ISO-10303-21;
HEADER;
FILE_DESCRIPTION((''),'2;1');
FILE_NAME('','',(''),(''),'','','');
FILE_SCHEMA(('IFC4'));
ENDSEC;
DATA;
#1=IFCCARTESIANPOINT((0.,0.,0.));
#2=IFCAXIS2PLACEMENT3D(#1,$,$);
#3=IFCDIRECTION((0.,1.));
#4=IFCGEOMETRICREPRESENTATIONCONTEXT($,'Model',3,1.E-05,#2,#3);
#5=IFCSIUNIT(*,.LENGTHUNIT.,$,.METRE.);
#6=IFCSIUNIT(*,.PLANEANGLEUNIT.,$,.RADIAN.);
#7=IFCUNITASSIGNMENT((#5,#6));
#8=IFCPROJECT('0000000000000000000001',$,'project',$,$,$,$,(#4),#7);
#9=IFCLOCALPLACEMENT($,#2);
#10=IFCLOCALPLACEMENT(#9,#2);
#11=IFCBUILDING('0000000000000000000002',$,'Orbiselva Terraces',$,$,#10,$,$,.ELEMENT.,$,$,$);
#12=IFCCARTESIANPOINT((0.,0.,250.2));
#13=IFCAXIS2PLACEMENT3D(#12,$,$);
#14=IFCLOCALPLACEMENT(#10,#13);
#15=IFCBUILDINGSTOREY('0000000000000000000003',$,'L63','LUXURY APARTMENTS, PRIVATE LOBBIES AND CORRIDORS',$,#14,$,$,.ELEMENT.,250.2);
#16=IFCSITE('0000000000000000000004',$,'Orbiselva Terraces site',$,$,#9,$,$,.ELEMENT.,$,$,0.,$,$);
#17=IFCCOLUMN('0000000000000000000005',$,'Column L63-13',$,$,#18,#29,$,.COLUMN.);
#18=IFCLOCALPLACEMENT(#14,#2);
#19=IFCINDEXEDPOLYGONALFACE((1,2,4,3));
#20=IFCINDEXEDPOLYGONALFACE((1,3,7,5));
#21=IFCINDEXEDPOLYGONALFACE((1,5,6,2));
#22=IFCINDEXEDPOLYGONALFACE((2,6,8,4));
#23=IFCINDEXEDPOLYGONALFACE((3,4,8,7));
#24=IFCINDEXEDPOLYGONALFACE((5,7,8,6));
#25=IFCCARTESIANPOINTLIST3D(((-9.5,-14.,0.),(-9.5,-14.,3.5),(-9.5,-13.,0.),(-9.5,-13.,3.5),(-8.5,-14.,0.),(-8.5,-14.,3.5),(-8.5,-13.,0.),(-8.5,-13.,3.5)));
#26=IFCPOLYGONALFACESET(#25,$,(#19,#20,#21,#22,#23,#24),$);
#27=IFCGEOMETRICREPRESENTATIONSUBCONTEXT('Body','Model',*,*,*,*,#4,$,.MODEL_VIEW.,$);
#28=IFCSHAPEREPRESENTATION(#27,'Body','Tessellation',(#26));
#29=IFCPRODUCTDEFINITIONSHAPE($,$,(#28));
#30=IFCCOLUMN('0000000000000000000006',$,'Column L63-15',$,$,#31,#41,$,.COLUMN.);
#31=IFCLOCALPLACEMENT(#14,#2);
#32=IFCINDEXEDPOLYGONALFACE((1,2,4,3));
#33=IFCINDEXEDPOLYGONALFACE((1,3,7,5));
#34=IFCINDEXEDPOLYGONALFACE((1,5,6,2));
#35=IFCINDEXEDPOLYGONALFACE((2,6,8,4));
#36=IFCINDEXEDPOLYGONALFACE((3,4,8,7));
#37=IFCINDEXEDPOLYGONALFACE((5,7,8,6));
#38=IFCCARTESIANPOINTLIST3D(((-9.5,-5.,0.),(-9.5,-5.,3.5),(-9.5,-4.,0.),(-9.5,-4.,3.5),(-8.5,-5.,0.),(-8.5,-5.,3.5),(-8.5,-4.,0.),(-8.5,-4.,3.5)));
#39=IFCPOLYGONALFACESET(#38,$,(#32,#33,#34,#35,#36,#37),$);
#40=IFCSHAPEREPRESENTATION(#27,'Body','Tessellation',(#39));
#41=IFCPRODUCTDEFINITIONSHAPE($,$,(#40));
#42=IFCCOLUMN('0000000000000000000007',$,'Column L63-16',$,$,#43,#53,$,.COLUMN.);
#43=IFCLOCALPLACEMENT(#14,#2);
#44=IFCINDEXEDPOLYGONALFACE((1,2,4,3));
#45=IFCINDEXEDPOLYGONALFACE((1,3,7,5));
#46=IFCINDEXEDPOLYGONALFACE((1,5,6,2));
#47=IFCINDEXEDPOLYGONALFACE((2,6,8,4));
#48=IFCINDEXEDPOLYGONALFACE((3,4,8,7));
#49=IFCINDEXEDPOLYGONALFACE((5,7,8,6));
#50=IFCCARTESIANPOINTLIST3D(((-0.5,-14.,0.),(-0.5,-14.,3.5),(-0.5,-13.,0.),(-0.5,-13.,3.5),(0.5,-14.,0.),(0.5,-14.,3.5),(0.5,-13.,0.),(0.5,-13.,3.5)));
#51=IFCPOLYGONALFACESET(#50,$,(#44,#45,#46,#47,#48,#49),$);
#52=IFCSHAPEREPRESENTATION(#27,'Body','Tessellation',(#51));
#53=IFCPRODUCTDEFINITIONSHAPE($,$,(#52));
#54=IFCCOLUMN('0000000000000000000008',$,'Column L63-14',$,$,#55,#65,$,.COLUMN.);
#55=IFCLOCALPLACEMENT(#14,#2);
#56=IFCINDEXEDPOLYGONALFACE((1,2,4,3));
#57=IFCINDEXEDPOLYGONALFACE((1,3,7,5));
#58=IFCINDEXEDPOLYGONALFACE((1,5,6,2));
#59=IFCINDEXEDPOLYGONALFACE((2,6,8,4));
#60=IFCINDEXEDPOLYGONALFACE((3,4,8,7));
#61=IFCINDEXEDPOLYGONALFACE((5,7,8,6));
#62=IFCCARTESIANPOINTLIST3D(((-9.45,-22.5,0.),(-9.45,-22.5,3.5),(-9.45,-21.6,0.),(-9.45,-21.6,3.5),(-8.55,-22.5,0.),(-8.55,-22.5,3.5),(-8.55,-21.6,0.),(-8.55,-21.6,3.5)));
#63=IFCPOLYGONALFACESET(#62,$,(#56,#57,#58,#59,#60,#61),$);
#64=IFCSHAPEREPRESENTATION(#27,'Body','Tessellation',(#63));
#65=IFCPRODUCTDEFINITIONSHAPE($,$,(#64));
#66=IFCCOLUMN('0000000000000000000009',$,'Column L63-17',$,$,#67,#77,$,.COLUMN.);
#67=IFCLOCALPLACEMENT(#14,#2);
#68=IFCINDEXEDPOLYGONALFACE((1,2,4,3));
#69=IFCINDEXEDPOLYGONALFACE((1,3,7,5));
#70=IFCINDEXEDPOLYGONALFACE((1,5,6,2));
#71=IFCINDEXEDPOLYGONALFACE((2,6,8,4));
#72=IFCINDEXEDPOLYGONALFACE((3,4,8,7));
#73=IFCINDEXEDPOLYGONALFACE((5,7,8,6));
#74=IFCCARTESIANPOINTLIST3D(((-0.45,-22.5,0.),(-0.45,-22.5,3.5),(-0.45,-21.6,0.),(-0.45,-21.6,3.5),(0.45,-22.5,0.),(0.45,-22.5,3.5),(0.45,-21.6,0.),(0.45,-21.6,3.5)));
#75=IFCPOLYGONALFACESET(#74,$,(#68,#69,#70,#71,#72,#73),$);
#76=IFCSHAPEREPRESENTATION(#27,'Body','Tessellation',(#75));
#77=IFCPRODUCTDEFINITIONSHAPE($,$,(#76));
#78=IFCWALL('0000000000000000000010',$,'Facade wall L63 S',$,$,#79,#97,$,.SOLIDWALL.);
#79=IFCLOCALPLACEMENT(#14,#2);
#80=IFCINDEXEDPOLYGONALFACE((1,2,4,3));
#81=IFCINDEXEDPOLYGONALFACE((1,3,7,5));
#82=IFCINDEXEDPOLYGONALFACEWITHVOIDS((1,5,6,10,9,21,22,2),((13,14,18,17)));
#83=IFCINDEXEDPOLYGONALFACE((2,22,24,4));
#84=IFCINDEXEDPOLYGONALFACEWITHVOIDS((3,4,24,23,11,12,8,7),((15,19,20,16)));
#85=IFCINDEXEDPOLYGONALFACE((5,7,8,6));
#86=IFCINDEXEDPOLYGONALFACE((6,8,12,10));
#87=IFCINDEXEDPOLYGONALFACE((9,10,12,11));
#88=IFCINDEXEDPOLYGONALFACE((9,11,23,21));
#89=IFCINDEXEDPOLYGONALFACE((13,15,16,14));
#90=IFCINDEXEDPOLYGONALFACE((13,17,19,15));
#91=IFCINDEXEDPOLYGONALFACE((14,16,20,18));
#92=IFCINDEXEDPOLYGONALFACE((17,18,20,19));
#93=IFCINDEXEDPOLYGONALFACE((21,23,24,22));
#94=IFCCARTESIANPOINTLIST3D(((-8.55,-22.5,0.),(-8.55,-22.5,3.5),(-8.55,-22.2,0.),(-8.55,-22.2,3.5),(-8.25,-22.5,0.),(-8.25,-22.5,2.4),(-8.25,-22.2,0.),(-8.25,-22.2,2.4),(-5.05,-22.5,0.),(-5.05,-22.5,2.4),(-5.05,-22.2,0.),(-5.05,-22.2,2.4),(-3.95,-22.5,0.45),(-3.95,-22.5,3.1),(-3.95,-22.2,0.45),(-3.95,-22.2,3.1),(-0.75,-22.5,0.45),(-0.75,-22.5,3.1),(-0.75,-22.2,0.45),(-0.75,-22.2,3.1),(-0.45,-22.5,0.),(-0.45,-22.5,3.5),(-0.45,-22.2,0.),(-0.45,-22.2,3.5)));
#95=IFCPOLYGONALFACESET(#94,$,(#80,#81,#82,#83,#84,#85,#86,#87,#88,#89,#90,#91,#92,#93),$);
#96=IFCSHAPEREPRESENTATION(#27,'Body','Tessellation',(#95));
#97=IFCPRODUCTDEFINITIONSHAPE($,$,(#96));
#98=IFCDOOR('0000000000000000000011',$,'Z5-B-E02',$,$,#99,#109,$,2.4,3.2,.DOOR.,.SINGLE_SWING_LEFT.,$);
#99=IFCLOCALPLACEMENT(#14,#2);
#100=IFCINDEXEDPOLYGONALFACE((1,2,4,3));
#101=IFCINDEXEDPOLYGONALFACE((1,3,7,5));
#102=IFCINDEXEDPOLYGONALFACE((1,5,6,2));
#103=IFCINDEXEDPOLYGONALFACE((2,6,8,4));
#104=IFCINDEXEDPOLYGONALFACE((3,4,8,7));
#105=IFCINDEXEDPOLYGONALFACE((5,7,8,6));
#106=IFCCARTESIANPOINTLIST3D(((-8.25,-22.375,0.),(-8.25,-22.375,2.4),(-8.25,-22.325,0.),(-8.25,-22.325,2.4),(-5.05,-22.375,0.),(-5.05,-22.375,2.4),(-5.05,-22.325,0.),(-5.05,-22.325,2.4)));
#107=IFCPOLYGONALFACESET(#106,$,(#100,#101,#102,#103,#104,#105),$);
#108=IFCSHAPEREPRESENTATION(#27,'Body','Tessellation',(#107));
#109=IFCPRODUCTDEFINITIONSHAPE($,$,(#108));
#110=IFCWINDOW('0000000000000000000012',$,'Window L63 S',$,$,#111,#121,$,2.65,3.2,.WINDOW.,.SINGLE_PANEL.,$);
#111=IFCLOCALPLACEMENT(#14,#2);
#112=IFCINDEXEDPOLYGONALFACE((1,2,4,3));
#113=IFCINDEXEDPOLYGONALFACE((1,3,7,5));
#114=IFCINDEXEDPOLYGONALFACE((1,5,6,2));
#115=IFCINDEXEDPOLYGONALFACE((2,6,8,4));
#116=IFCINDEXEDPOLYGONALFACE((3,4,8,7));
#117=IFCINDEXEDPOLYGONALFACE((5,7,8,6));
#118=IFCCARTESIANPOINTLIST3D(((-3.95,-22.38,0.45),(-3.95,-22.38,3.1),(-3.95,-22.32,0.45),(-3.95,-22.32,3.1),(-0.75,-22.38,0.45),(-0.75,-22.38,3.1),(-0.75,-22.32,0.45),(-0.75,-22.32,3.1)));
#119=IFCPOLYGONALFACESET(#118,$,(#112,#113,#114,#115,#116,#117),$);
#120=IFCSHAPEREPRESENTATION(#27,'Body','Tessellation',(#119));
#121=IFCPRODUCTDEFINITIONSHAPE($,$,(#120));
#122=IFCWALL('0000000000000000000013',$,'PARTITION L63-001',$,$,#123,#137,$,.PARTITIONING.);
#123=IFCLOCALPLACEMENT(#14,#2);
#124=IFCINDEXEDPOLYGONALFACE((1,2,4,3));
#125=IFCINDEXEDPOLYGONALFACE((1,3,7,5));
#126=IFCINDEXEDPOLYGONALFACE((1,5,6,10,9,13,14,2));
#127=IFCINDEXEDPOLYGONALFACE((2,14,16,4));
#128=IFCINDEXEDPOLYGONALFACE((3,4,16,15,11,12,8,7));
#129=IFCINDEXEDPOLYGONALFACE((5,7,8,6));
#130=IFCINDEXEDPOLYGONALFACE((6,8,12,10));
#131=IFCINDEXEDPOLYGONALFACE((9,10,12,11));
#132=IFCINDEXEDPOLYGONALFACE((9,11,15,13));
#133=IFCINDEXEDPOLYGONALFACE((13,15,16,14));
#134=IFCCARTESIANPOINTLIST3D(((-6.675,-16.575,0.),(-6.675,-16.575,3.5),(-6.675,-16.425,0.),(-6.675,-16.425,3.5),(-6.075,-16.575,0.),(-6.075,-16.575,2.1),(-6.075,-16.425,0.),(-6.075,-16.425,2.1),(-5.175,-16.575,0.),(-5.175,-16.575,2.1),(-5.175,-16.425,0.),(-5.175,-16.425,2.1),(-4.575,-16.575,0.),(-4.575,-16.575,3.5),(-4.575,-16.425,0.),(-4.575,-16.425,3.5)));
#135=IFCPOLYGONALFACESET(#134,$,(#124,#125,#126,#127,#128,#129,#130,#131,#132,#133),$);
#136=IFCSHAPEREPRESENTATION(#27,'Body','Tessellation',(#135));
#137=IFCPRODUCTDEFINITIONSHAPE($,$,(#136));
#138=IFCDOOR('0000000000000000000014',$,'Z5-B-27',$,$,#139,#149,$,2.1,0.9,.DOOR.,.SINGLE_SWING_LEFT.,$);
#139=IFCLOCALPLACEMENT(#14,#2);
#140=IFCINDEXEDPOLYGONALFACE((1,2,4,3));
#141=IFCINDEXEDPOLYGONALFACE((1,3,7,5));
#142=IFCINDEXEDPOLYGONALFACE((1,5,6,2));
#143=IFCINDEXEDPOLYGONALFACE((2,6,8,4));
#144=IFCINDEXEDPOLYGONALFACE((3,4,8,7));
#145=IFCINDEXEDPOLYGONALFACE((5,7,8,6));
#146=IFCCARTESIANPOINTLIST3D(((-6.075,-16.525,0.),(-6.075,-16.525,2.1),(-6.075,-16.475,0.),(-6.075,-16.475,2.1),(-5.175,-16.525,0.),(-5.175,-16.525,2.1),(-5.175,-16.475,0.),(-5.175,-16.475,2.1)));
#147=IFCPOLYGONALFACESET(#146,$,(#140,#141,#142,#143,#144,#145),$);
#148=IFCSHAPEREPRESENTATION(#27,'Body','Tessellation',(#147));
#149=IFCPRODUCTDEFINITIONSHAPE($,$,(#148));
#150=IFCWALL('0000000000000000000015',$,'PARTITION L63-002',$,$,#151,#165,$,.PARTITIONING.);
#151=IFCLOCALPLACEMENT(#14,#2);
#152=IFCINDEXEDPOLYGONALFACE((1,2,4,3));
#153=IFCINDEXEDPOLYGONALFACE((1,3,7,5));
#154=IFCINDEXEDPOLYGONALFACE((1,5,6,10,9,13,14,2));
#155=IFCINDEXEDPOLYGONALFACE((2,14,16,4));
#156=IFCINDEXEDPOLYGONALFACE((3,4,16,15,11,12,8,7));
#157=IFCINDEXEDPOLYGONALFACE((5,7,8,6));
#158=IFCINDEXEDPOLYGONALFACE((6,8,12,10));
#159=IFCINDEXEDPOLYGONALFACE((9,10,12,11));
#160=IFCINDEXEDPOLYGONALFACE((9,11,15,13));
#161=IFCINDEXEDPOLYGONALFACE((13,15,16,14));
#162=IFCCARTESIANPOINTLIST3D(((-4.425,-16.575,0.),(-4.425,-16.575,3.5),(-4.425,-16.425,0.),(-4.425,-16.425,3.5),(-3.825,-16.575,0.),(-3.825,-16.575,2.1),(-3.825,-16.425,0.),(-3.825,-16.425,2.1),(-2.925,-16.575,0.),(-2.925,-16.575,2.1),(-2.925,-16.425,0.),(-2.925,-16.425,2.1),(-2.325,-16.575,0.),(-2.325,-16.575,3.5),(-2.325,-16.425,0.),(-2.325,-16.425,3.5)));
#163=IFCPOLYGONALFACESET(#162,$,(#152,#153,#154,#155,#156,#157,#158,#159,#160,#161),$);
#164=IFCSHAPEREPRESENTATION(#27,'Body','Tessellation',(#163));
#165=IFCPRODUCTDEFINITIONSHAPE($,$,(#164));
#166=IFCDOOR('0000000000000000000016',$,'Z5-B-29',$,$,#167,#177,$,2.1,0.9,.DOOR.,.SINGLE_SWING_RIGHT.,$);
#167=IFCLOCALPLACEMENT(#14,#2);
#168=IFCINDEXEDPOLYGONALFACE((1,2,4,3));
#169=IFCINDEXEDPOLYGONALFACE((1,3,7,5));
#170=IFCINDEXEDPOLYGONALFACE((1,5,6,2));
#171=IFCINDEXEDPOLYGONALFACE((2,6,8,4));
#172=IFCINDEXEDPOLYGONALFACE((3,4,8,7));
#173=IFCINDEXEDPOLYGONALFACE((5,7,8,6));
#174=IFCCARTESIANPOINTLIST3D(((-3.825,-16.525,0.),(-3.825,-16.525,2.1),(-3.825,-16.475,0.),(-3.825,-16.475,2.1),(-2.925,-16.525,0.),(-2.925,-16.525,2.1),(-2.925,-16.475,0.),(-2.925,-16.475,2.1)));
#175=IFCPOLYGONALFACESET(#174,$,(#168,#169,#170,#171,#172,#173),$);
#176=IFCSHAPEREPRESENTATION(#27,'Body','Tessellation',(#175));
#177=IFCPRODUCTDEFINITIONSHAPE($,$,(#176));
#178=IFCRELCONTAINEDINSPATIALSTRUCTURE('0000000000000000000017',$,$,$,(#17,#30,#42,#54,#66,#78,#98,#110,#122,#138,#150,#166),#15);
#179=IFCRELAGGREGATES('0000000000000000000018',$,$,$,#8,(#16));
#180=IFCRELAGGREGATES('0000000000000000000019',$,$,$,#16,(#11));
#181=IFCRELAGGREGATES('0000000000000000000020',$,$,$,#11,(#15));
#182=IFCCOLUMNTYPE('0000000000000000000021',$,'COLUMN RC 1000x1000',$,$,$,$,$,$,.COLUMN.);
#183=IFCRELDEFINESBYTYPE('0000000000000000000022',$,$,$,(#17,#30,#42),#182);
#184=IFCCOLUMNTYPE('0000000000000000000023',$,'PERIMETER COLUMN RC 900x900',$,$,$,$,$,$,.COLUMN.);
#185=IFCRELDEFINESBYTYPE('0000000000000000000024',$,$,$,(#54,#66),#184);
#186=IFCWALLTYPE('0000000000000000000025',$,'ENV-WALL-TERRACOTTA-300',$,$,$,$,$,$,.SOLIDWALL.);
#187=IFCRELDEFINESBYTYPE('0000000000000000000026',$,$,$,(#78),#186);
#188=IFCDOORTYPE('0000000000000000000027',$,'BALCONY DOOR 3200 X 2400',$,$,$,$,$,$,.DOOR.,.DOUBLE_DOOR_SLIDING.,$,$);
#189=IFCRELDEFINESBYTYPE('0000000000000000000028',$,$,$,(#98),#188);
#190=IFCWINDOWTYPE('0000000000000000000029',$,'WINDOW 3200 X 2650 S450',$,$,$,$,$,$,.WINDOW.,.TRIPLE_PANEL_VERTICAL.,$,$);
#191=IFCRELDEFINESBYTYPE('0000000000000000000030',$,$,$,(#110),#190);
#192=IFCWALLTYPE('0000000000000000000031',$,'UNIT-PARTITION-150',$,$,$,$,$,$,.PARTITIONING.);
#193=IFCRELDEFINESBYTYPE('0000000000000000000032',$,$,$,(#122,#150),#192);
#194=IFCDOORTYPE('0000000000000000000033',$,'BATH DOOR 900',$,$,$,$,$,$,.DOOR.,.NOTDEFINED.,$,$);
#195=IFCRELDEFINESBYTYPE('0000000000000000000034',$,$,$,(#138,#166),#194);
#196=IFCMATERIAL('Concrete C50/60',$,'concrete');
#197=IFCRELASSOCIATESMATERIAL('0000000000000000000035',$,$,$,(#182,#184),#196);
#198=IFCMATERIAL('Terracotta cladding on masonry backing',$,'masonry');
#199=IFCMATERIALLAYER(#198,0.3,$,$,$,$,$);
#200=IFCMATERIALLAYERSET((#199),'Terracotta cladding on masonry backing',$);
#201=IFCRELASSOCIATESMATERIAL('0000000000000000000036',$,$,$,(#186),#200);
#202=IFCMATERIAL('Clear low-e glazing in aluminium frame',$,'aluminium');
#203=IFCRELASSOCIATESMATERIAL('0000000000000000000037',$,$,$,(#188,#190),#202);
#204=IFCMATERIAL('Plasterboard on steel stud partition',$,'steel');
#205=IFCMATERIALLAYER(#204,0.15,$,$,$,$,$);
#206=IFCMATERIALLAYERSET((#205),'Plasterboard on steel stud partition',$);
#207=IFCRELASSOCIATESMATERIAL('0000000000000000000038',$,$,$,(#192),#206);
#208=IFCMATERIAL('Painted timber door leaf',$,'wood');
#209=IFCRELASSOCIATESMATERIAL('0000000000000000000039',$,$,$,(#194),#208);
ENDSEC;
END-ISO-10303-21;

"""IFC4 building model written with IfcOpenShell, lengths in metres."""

from ifc_helpers import new_model, si_unit, direction, frame, frame_2d, origin, origin_2d, place, context, subcontext, project, spatial, rectangle, extrude, material, layer, layer_set, material_profile, profile_set, type_object, element, fill, save


model = new_model("IFC4")

# Units and contexts
model_context = context("Model", 3, precision=1e-05, world=origin(), true_north=direction((0.0, 1.0)))
body_context = subcontext(model_context, "Body", "Model", "MODEL_VIEW")
ifc_project = project(units=[si_unit("LENGTHUNIT", "METRE"), si_unit("PLANEANGLEUNIT", "RADIAN")], contexts=[model_context])

# Site, building, storey
site_placement = place(None, origin())
site = spatial("IfcSite", under=ifc_project, at=site_placement, Name="Orbiselva Terraces site", CompositionType="ELEMENT", RefElevation=0.0)
building_placement = place(site_placement, origin())
building = spatial("IfcBuilding", under=site, at=building_placement, Name="Orbiselva Terraces", CompositionType="ELEMENT")
storey_placement = place(building_placement, frame((0.0, 0.0, 250.2)))
storey = spatial("IfcBuildingStorey", under=building, at=storey_placement, Name="L63", Description="LUXURY APARTMENTS, PRIVATE LOBBIES AND CORRIDORS", CompositionType="ELEMENT", Elevation=250.2)

# Columns
ifc_material_1 = material(Name="Concrete C50/60", Category="concrete")
ifc_material_profile_1 = material_profile(ifc_material_1, rectangle(XDim=1.0, YDim=1.0, at=origin_2d()), Name="RC 1000x1000")
ifc_profile_set_1 = profile_set([ifc_material_profile_1], Name="Concrete C50/60")
column_type_1 = type_object("IfcColumnType", Name="COLUMN RC 1000x1000", PredefinedType="COLUMN", material=ifc_profile_set_1)
for number, where, z_axis, x_axis, name in (
    (1, (-9.0, -13.5, 0.0), (0.0, 0.0, 1.0), (1.0, 0.0, 0.0), "Column L63-13"),
    (2, (-9.0, -4.5, 0.0), (0.0, 0.0, 1.0), (1.0, 0.0, 0.0), "Column L63-15"),
    (3, (0.0, -13.5, 0.0), (0.0, 0.0, 1.0), (1.0, 0.0, 0.0), "Column L63-16"),
):
    element("IfcColumn", number, at=place(storey_placement, frame(where, z_axis=z_axis, x_axis=x_axis)), inside=storey, type_object=column_type_1, Name=name, PredefinedType="COLUMN", context=body_context, shape_type="SweptSolid", body=[
        extrude(rectangle(XDim=1.0, YDim=1.0, at=origin_2d()), origin(), (0.0, 0.0, 1.0), 3.5),
    ])
ifc_material_profile_2 = material_profile(ifc_material_1, rectangle(XDim=0.9, YDim=0.9, at=origin_2d()), Name="RC 900x900")
ifc_profile_set_2 = profile_set([ifc_material_profile_2], Name="Concrete C50/60")
column_type_2 = type_object("IfcColumnType", Name="PERIMETER COLUMN RC 900x900", PredefinedType="COLUMN", material=ifc_profile_set_2)
for number, where, z_axis, x_axis, name in (
    (4, (-9.0, -22.05, 0.0), (0.0, 0.0, 1.0), (1.0, 0.0, 0.0), "Column L63-14"),
    (5, (0.0, -22.05, 0.0), (0.0, 0.0, 1.0), (1.0, 0.0, 0.0), "Column L63-17"),
):
    element("IfcColumn", number, at=place(storey_placement, frame(where, z_axis=z_axis, x_axis=x_axis)), inside=storey, type_object=column_type_2, Name=name, PredefinedType="COLUMN", context=body_context, shape_type="SweptSolid", body=[
        extrude(rectangle(XDim=0.9, YDim=0.9, at=origin_2d()), origin(), (0.0, 0.0, 1.0), 3.5),
    ])

# Wall, openings, door, window
ifc_material_2 = material(Name="Terracotta cladding on masonry backing", Category="masonry")
ifc_layer_1 = layer(ifc_material_2, 0.3)
ifc_layer_set_1 = layer_set([ifc_layer_1], Name="Terracotta cladding on masonry backing")
wall_type_1 = type_object("IfcWallType", Name="ENV-WALL-TERRACOTTA-300", PredefinedType="SOLIDWALL", material=ifc_layer_set_1)
wall_1_placement = place(storey_placement, frame((-0.45, -22.35, 0.0), z_axis=(0.0, 0.0, 1.0), x_axis=(-1.0, 0.0, 0.0)))
wall_1 = element("IfcWall", 6, at=wall_1_placement, inside=storey, type_object=wall_type_1, Name="Facade wall L63 S", PredefinedType="SOLIDWALL", context=body_context, shape_type="SweptSolid", body=[
    extrude(rectangle(XDim=8.1, YDim=0.3, at=frame_2d((4.05, 0.0))), origin(), (0.0, 0.0, 1.0), 3.5),
])
opening_1_placement = place(wall_1_placement, frame((4.6, 0.0, 0.0)))
opening_1 = element("IfcOpeningElement", 7, at=opening_1_placement, cuts=wall_1, PredefinedType="OPENING", context=body_context, shape_type="SweptSolid", body=[
    extrude(rectangle(XDim=3.2, YDim=2.4, at=frame_2d((1.6, 1.2))), frame((0.0, 0.16, 0.0), z_axis=(0.0, -1.0, 0.0), x_axis=(1.0, 0.0, 0.0)), (0.0, 0.0, 1.0), 0.32),
])
opening_2_placement = place(wall_1_placement, frame((0.3, 0.0, 0.45)))
opening_2 = element("IfcOpeningElement", 8, at=opening_2_placement, cuts=wall_1, PredefinedType="OPENING", context=body_context, shape_type="SweptSolid", body=[
    extrude(rectangle(XDim=3.2, YDim=2.65, at=frame_2d((1.6, 1.325))), frame((0.0, 0.16, 0.0), z_axis=(0.0, -1.0, 0.0), x_axis=(1.0, 0.0, 0.0)), (0.0, 0.0, 1.0), 0.32),
])
ifc_material_3 = material(Name="Clear low-e glazing in aluminium frame", Category="aluminium")
door_type_1 = type_object("IfcDoorType", Name="BALCONY DOOR 3200 X 2400", OperationType="DOUBLE_DOOR_SLIDING", PredefinedType="DOOR", material=ifc_material_3)
door_1_placement = place(opening_1_placement, origin())
door_1 = element("IfcDoor", 9, at=door_1_placement, inside=storey, type_object=door_type_1, Name="Z5-B-E02", OperationType="SINGLE_SWING_LEFT", OverallHeight=2.4, OverallWidth=3.2, PredefinedType="DOOR", context=body_context, shape_type="SweptSolid", body=[
    extrude(rectangle(XDim=3.2, YDim=2.4, at=frame_2d((1.6, 1.2))), frame((0.0, 0.025, 0.0), z_axis=(0.0, -1.0, 0.0), x_axis=(1.0, 0.0, 0.0)), (0.0, 0.0, 1.0), 0.05),
])
fill(opening_1, door_1)
window_type = type_object("IfcWindowType", Name="WINDOW 3200 X 2650 S450", PartitioningType="TRIPLE_PANEL_VERTICAL", PredefinedType="WINDOW", material=ifc_material_3)
window_placement = place(opening_2_placement, origin())
window = element("IfcWindow", 10, at=window_placement, inside=storey, type_object=window_type, Name="Window L63 S", OverallHeight=2.65, OverallWidth=3.2, PartitioningType="SINGLE_PANEL", PredefinedType="WINDOW", context=body_context, shape_type="SweptSolid", body=[
    extrude(rectangle(XDim=3.2, YDim=2.65, at=frame_2d((1.6, 1.325))), frame((0.0, 0.03, 0.0), z_axis=(0.0, -1.0, 0.0), x_axis=(1.0, 0.0, 0.0)), (0.0, 0.0, 1.0), 0.06),
])
fill(opening_2, window)

# Walls, openings, doors
ifc_material_4 = material(Name="Plasterboard on steel stud partition", Category="steel")
ifc_layer_2 = layer(ifc_material_4, 0.15)
ifc_layer_set_2 = layer_set([ifc_layer_2], Name="Plasterboard on steel stud partition")
wall_type_2 = type_object("IfcWallType", Name="UNIT-PARTITION-150", PredefinedType="PARTITIONING", material=ifc_layer_set_2)
wall_2_placement = place(storey_placement, frame((-6.675, -16.5, 0.0), z_axis=(0.0, 0.0, 1.0), x_axis=(1.0, 0.0, 0.0)))
wall_2 = element("IfcWall", 11, at=wall_2_placement, inside=storey, type_object=wall_type_2, Name="PARTITION L63-001", PredefinedType="PARTITIONING", context=body_context, shape_type="SweptSolid", body=[
    extrude(rectangle(XDim=2.1, YDim=0.15, at=frame_2d((1.05, 0.0))), origin(), (0.0, 0.0, 1.0), 3.5),
])
opening_3_placement = place(wall_2_placement, frame((0.6, 0.0, 0.0)))
opening_3 = element("IfcOpeningElement", 12, at=opening_3_placement, cuts=wall_2, PredefinedType="OPENING", context=body_context, shape_type="SweptSolid", body=[
    extrude(rectangle(XDim=0.9, YDim=2.1, at=frame_2d((0.45, 1.05))), frame((0.0, 0.085, 0.0), z_axis=(0.0, -1.0, 0.0), x_axis=(1.0, 0.0, 0.0)), (0.0, 0.0, 1.0), 0.17),
])
ifc_material_5 = material(Name="Painted timber door leaf", Category="wood")
door_type_2 = type_object("IfcDoorType", Name="BATH DOOR 900", OperationType="NOTDEFINED", PredefinedType="DOOR", material=ifc_material_5)
door_2_placement = place(opening_3_placement, origin())
door_2 = element("IfcDoor", 13, at=door_2_placement, inside=storey, type_object=door_type_2, Name="Z5-B-27", OperationType="SINGLE_SWING_LEFT", OverallHeight=2.1, OverallWidth=0.9, PredefinedType="DOOR", context=body_context, shape_type="SweptSolid", body=[
    extrude(rectangle(XDim=0.9, YDim=2.1, at=frame_2d((0.45, 1.05))), frame((0.0, 0.025, 0.0), z_axis=(0.0, -1.0, 0.0), x_axis=(1.0, 0.0, 0.0)), (0.0, 0.0, 1.0), 0.05),
])
fill(opening_3, door_2)
wall_3_placement = place(storey_placement, frame((-4.425, -16.5, 0.0), z_axis=(0.0, 0.0, 1.0), x_axis=(1.0, 0.0, 0.0)))
wall_3 = element("IfcWall", 14, at=wall_3_placement, inside=storey, type_object=wall_type_2, Name="PARTITION L63-002", PredefinedType="PARTITIONING", context=body_context, shape_type="SweptSolid", body=[
    extrude(rectangle(XDim=2.1, YDim=0.15, at=frame_2d((1.05, 0.0))), origin(), (0.0, 0.0, 1.0), 3.5),
])
opening_4_placement = place(wall_3_placement, frame((0.6, 0.0, 0.0)))
opening_4 = element("IfcOpeningElement", 15, at=opening_4_placement, cuts=wall_3, PredefinedType="OPENING", context=body_context, shape_type="SweptSolid", body=[
    extrude(rectangle(XDim=0.9, YDim=2.1, at=frame_2d((0.45, 1.05))), frame((0.0, 0.085, 0.0), z_axis=(0.0, -1.0, 0.0), x_axis=(1.0, 0.0, 0.0)), (0.0, 0.0, 1.0), 0.17),
])
door_3_placement = place(opening_4_placement, origin())
door_3 = element("IfcDoor", 16, at=door_3_placement, inside=storey, type_object=door_type_2, Name="Z5-B-29", OperationType="SINGLE_SWING_RIGHT", OverallHeight=2.1, OverallWidth=0.9, PredefinedType="DOOR", context=body_context, shape_type="SweptSolid", body=[
    extrude(rectangle(XDim=0.9, YDim=2.1, at=frame_2d((0.45, 1.05))), frame((0.0, 0.025, 0.0), z_axis=(0.0, -1.0, 0.0), x_axis=(1.0, 0.0, 0.0)), (0.0, 0.0, 1.0), 0.05),
])
fill(opening_4, door_3)

save(model, "model.ifc")
